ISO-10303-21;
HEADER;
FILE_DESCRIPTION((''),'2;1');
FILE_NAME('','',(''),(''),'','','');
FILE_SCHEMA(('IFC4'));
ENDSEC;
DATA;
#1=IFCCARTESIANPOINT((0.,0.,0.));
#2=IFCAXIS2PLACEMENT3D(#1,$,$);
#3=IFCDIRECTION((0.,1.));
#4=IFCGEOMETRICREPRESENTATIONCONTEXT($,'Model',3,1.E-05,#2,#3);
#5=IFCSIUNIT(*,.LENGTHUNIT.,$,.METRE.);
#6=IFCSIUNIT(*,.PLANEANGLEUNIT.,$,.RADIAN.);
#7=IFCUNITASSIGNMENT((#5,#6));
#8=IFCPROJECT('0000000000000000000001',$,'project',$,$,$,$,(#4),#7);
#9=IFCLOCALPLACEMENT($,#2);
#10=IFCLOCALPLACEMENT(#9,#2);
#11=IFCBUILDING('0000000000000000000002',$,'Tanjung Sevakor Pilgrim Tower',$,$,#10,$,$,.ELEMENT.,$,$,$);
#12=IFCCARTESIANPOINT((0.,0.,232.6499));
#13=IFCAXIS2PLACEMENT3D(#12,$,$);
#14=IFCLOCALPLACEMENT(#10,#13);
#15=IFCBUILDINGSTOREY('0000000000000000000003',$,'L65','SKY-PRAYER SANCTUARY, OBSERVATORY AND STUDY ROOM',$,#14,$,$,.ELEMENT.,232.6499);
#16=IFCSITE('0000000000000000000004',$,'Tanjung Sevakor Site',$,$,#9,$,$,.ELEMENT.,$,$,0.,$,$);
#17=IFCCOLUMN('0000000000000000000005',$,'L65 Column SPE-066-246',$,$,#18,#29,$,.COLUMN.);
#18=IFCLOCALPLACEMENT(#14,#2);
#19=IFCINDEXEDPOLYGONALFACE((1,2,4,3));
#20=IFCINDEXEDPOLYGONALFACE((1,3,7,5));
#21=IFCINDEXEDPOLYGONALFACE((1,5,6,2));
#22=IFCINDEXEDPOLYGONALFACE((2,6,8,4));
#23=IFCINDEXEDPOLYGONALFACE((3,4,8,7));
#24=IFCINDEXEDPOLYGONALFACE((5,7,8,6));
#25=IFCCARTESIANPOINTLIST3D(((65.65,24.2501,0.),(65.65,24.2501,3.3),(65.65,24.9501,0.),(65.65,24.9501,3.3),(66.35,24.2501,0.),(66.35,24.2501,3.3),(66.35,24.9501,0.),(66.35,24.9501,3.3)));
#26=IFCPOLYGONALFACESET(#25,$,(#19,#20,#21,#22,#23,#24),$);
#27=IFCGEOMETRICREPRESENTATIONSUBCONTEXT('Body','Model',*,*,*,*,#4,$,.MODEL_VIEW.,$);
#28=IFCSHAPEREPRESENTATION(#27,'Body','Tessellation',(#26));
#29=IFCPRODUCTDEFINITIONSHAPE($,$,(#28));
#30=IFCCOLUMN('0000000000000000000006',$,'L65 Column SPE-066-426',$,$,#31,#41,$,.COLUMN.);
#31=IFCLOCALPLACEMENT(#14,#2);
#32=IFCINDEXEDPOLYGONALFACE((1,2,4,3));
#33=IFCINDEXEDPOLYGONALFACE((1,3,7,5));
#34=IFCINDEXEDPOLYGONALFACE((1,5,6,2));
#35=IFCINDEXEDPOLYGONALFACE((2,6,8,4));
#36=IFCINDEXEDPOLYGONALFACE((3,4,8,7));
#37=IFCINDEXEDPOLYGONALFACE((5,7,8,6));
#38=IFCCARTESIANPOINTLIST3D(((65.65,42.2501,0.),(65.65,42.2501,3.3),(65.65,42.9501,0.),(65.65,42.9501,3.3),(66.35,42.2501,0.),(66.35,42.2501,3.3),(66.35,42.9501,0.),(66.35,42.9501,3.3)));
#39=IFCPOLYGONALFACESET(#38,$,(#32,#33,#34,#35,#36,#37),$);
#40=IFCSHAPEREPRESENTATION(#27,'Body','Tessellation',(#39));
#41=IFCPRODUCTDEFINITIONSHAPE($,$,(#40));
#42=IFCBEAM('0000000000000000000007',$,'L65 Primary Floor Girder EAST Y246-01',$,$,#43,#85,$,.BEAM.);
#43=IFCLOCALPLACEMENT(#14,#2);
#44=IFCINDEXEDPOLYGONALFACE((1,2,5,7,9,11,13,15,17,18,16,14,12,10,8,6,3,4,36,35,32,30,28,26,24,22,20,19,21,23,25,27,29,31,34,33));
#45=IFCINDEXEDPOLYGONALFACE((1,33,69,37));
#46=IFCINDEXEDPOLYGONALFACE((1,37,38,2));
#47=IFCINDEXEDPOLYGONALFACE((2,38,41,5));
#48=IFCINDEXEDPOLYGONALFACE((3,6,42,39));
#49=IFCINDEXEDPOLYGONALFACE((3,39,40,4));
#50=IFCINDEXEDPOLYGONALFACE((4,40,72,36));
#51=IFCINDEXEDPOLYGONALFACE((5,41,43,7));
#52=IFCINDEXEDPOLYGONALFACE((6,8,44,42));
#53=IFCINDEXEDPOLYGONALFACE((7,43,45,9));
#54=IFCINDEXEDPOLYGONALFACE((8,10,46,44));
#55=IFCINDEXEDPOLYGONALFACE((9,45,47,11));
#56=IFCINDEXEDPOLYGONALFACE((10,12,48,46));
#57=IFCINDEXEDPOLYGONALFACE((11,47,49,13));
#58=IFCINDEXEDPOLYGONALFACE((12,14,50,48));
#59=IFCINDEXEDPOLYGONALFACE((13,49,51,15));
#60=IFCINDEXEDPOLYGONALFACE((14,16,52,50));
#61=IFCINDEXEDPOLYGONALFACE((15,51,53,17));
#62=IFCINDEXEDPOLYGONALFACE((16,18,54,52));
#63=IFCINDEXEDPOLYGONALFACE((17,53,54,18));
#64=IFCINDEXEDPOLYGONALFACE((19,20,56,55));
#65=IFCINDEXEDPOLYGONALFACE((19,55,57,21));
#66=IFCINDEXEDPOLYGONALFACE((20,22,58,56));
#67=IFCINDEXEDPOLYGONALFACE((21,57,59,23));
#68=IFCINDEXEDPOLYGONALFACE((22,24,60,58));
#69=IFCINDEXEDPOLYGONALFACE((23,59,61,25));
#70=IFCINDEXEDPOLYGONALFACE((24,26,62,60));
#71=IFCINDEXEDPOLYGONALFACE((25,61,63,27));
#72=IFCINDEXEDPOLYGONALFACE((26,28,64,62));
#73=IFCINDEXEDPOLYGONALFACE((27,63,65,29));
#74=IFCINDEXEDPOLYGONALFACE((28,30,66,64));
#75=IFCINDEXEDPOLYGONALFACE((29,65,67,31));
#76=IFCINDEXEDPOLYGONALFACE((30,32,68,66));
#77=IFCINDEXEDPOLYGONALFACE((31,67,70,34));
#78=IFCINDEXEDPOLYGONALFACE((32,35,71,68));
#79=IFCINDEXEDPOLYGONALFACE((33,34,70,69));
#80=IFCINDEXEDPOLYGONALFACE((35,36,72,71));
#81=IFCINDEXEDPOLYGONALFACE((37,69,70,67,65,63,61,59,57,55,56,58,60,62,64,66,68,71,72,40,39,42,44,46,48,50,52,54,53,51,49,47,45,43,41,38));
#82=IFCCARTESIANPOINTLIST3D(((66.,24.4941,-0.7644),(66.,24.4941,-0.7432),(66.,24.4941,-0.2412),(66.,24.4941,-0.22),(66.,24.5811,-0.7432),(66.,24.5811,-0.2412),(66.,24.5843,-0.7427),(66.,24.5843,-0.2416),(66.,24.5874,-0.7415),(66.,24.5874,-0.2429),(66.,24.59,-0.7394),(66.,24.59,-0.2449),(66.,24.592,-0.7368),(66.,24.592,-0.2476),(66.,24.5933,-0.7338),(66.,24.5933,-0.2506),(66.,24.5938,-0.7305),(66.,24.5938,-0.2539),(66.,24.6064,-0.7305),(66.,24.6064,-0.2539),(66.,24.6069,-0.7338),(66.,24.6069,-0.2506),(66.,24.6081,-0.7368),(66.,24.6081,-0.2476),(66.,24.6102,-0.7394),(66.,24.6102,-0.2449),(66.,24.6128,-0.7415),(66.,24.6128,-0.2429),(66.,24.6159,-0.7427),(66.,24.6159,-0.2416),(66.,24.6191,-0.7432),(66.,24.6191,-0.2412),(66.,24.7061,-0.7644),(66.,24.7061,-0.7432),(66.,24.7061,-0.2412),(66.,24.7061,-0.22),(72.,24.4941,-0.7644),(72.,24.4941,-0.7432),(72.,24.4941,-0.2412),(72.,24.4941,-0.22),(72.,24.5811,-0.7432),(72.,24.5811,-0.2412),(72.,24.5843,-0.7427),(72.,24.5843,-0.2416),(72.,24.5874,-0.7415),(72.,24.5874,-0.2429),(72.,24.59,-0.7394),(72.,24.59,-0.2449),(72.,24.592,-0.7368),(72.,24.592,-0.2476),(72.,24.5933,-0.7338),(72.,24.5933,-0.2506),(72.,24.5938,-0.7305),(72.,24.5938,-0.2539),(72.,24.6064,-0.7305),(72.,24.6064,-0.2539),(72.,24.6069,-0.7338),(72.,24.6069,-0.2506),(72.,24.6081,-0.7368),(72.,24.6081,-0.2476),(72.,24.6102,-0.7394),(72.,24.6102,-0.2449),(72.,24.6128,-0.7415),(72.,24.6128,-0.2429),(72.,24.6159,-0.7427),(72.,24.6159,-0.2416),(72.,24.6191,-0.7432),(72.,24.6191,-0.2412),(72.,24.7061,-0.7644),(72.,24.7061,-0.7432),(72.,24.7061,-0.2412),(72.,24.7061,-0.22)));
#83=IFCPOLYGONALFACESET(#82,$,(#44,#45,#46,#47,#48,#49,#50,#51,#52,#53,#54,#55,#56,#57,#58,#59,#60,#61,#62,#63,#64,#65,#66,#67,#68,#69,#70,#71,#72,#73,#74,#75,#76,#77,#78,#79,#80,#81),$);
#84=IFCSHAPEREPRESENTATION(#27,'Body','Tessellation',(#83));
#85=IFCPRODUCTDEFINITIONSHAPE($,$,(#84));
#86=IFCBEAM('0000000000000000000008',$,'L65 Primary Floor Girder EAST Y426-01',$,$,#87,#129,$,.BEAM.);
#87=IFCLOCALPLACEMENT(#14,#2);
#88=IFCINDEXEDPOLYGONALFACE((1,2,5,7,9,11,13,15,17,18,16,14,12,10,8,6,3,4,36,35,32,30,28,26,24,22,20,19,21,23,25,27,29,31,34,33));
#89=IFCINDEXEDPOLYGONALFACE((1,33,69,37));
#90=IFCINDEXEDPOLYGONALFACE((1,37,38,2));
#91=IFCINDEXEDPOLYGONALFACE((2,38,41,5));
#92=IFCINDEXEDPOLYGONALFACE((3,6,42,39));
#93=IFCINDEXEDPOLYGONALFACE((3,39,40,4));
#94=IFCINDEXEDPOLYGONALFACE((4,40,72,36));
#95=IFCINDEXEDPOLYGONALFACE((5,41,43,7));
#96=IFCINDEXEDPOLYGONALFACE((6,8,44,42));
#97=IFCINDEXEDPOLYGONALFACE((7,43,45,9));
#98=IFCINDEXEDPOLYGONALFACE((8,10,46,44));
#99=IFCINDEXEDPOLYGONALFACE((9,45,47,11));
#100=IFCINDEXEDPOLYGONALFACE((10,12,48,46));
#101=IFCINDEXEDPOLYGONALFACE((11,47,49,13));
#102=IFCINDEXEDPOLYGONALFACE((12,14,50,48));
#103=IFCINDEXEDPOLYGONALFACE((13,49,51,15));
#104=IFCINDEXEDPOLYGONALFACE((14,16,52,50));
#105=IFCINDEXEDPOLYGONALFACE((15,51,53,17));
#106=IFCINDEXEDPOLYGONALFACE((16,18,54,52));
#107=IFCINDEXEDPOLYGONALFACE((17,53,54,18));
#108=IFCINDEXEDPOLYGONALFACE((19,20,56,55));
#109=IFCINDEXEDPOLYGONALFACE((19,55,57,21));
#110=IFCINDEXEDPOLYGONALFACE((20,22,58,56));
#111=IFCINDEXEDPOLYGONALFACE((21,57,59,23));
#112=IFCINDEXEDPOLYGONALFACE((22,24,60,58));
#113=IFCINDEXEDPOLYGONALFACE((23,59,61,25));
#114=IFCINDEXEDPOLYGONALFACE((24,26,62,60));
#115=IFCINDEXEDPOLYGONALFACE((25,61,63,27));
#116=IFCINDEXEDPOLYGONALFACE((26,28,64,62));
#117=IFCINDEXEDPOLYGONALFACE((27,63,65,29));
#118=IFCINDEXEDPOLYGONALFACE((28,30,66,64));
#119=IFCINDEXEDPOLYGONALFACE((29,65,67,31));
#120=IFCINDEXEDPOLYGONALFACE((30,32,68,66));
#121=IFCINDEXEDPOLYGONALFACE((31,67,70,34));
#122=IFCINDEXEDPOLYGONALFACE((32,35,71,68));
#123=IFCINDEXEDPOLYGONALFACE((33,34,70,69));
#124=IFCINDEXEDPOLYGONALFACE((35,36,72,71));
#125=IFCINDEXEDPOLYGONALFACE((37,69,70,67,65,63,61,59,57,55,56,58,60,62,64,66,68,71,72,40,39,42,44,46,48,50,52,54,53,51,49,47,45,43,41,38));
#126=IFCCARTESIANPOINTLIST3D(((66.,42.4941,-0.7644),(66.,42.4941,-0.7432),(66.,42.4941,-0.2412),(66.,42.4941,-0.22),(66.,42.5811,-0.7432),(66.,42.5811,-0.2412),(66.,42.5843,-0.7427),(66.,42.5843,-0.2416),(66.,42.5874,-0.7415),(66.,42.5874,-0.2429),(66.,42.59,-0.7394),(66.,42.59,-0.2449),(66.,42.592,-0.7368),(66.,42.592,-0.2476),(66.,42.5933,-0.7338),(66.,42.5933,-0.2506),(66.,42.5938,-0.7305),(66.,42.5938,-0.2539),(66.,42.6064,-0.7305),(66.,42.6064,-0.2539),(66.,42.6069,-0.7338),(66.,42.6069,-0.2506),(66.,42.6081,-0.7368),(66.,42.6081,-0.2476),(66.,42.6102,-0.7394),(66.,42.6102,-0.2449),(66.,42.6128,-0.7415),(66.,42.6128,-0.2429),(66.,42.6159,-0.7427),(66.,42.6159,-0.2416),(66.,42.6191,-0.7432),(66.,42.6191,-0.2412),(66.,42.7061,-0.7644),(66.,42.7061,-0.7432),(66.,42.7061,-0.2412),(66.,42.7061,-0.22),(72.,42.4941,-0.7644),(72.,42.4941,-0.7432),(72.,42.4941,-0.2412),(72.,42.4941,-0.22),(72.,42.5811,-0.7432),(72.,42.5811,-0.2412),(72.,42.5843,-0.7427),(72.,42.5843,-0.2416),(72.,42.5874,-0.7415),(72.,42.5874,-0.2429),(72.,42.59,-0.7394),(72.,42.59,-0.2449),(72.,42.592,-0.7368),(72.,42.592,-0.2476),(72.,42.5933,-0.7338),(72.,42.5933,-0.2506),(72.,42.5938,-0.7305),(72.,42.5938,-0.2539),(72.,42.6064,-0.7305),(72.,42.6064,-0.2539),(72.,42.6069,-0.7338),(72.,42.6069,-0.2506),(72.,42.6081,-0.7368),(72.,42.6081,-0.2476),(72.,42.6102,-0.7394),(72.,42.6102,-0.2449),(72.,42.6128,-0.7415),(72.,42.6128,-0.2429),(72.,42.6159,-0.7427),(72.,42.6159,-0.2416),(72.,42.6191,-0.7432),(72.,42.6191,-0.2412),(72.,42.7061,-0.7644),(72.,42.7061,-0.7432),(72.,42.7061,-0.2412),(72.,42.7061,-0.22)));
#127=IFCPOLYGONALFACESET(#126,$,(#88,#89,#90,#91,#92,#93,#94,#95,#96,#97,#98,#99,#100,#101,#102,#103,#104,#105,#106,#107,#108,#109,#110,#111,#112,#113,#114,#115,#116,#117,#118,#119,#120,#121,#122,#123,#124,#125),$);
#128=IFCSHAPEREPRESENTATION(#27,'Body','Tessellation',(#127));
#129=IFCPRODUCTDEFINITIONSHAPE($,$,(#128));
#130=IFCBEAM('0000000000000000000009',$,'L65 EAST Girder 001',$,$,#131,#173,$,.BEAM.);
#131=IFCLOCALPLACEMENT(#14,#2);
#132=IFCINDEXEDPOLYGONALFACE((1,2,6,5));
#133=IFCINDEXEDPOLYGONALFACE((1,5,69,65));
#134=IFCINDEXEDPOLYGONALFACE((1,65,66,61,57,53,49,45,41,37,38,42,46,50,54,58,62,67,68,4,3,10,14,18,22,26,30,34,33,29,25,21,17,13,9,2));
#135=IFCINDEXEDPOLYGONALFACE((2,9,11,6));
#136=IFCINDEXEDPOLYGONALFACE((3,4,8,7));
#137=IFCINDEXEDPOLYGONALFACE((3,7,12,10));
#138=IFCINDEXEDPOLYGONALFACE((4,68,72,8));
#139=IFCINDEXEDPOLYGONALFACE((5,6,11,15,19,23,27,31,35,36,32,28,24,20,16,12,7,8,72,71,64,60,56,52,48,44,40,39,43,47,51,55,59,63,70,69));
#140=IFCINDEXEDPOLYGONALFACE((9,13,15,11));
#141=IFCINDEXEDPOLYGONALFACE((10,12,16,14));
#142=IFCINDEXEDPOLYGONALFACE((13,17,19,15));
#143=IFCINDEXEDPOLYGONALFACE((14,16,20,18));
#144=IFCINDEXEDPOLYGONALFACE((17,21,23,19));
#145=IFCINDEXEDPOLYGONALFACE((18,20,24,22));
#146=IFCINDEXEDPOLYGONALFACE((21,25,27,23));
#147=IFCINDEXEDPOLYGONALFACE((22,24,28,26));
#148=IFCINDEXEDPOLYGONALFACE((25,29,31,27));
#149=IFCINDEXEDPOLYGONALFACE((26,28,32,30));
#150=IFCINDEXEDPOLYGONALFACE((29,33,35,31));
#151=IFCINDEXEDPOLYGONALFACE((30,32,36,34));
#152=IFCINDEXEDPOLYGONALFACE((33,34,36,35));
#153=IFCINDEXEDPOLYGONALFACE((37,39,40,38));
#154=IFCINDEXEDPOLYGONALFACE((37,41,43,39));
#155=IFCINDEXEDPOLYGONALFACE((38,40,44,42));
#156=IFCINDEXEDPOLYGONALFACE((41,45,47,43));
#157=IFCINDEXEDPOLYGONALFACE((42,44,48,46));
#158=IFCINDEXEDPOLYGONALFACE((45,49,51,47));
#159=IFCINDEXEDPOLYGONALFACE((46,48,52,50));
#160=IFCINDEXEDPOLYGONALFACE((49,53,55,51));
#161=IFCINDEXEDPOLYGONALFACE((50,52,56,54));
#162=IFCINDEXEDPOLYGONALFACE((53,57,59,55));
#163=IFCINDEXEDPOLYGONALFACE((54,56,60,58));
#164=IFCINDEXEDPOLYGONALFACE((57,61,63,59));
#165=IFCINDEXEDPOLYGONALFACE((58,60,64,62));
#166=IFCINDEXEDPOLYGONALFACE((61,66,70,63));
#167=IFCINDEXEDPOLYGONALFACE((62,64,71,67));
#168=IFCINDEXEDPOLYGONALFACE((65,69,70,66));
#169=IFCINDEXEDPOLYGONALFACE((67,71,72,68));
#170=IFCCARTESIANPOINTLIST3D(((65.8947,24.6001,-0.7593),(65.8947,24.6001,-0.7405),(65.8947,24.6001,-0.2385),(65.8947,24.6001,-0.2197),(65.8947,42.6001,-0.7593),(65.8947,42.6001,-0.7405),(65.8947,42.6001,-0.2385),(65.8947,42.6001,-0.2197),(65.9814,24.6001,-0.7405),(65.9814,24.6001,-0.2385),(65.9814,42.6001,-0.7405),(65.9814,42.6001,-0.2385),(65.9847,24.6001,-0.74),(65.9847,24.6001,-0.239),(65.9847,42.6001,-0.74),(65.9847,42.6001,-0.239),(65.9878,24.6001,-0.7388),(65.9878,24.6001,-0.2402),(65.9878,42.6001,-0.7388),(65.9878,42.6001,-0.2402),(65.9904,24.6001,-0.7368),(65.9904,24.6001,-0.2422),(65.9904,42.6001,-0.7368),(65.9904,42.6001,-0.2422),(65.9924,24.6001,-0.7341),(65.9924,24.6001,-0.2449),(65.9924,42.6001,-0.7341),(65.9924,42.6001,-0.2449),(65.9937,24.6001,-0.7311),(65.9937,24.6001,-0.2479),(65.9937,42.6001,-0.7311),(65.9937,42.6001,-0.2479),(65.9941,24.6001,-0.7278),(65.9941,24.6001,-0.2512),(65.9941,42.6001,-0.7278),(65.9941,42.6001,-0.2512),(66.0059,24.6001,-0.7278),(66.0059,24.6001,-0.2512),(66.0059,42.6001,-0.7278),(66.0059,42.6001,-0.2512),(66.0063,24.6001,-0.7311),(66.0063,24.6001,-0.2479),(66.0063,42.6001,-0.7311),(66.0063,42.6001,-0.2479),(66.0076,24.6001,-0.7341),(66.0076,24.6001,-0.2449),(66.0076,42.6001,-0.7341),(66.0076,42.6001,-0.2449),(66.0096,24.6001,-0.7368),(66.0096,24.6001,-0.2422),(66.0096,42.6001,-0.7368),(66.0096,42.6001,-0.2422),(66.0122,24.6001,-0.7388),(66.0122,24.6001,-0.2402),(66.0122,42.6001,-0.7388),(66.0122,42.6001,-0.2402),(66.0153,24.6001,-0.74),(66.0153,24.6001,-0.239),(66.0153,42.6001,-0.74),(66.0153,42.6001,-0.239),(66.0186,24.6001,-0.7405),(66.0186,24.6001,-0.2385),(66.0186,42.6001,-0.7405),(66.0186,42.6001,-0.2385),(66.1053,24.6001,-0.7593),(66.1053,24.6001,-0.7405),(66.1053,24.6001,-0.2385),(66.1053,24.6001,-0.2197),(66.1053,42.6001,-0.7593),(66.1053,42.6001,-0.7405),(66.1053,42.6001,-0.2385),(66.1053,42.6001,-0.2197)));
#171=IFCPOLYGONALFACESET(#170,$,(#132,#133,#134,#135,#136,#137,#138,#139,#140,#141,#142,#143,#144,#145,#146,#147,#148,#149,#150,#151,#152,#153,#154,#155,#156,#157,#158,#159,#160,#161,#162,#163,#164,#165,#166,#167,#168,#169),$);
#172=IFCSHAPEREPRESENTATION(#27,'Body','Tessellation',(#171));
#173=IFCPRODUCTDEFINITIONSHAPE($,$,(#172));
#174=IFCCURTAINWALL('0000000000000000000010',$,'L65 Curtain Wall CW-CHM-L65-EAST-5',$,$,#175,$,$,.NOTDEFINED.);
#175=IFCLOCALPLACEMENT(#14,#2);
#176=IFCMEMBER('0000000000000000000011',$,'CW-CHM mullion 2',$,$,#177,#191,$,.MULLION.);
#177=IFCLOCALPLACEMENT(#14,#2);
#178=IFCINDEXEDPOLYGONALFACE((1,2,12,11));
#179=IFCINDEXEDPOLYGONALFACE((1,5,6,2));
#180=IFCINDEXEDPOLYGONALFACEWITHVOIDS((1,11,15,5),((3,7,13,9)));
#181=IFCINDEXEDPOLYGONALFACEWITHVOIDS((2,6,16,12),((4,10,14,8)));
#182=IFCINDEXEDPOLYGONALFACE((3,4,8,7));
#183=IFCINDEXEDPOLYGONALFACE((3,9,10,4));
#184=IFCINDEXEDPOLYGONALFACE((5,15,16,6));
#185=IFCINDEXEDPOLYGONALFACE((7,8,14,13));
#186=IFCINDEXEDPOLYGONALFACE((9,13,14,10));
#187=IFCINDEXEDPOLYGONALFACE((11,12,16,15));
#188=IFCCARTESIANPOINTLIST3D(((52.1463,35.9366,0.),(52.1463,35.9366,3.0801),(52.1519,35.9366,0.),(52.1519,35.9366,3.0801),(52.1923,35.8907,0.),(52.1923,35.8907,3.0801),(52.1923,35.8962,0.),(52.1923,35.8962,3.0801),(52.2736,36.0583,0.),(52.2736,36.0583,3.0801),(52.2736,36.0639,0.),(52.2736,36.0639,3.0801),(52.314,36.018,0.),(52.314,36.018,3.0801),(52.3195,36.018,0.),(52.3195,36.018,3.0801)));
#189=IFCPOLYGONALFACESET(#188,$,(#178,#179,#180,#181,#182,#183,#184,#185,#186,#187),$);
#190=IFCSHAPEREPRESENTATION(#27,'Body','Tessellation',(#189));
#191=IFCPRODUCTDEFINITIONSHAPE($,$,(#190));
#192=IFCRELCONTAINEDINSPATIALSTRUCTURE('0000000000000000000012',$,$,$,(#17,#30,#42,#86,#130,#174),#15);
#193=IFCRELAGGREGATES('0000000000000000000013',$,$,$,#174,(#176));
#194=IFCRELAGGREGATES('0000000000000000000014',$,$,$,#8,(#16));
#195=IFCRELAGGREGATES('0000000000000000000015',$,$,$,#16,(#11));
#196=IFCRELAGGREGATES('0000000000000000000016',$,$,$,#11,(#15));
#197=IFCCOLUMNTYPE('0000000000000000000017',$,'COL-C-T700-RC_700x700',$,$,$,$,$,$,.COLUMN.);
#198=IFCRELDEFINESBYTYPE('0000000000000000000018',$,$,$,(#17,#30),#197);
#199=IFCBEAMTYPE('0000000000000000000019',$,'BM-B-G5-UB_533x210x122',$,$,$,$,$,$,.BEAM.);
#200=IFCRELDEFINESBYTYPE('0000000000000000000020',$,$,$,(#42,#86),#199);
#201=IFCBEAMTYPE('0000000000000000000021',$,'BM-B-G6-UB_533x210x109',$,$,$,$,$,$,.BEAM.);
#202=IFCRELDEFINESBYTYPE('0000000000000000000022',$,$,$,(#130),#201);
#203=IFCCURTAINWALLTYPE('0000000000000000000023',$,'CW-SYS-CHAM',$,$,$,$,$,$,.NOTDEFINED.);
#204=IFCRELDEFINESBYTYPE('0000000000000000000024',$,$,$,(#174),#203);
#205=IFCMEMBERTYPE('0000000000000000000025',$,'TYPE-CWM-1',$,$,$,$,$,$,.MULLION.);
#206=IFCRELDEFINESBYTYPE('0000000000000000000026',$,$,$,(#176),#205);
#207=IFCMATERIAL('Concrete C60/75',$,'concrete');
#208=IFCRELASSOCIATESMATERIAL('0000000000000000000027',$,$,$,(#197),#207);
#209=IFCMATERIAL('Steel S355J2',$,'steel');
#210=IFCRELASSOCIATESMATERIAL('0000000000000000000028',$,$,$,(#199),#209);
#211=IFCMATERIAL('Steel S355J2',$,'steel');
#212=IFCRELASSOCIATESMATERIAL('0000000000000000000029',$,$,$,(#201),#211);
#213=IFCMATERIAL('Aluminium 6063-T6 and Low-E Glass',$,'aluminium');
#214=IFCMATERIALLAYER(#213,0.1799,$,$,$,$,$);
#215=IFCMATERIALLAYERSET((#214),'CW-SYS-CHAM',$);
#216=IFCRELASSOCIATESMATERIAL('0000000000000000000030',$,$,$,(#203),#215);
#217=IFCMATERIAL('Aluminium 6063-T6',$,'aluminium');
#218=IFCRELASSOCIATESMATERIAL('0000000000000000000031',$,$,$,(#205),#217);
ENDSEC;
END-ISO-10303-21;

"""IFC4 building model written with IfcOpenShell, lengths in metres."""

from ifc_helpers import new_model, si_unit, direction, frame, origin, origin_2d, place, context, subcontext, project, spatial, rectangle, hollow_rectangle, i_section, extrude, material, layer, layer_set, material_profile, profile_set, type_object, element, aggregate, save


model = new_model("IFC4")

# Units and contexts
model_context = context("Model", 3, precision=1e-05, world=origin(), true_north=direction((0.0, 1.0)))
body_context = subcontext(model_context, "Body", "Model", "MODEL_VIEW")
ifc_project = project(units=[si_unit("LENGTHUNIT", "METRE"), si_unit("PLANEANGLEUNIT", "RADIAN")], contexts=[model_context])

# Site, building, storey
site_placement = place(None, origin())
site = spatial("IfcSite", under=ifc_project, at=site_placement, Name="Tanjung Sevakor Site", CompositionType="ELEMENT", RefElevation=0.0)
building_placement = place(site_placement, origin())
building = spatial("IfcBuilding", under=site, at=building_placement, Name="Tanjung Sevakor Pilgrim Tower", CompositionType="ELEMENT")
storey_placement = place(building_placement, frame((0.0, 0.0, 232.6499)))
storey = spatial("IfcBuildingStorey", under=building, at=storey_placement, Name="L65", Description="SKY-PRAYER SANCTUARY, OBSERVATORY AND STUDY ROOM", CompositionType="ELEMENT", Elevation=232.6499)

# Columns
ifc_material_1 = material(Name="Concrete C60/75", Category="concrete")
ifc_material_profile_1 = material_profile(ifc_material_1, rectangle(XDim=0.7, YDim=0.7, at=origin_2d()))
ifc_profile_set_1 = profile_set([ifc_material_profile_1], Name="Concrete C60/75")
column_type = type_object("IfcColumnType", Name="COL-C-T700-RC_700x700", PredefinedType="COLUMN", material=ifc_profile_set_1)
for number, where, z_axis, x_axis, name in (
    (1, (66.0, 24.6001, 0.0), (0.0, 0.0, 1.0), (1.0, 0.0, 0.0), "L65 Column SPE-066-246"),
    (2, (66.0, 42.6001, 0.0), (0.0, 0.0, 1.0), (1.0, 0.0, 0.0), "L65 Column SPE-066-426"),
):
    element("IfcColumn", number, at=place(storey_placement, frame(where, z_axis=z_axis, x_axis=x_axis)), inside=storey, type_object=column_type, Name=name, PredefinedType="COLUMN", context=body_context, shape_type="SweptSolid", body=[
        extrude(rectangle(XDim=0.7, YDim=0.7, at=origin_2d()), origin(), (0.0, 0.0, 1.0), 3.3),
    ])

# Beams
ifc_material_2 = material(Name="Steel S355J2", Category="steel")
ifc_material_profile_2 = material_profile(ifc_material_2, i_section(OverallWidth=0.2119, OverallDepth=0.5444, WebThickness=0.0127, FlangeThickness=0.0212, FilletRadius=0.0127, at=origin_2d()))
ifc_profile_set_2 = profile_set([ifc_material_profile_2], Name="Steel S355J2")
beam_type_1 = type_object("IfcBeamType", Name="BM-B-G5-UB_533x210x122", PredefinedType="BEAM", material=ifc_profile_set_2)
for number, where, z_axis, x_axis, name in (
    (3, (66.0, 24.6001, -0.4922), (1.0, 0.0, 0.0), (0.0, 1.0, 0.0), "L65 Primary Floor Girder EAST Y246-01"),
    (4, (66.0, 42.6001, -0.4922), (1.0, 0.0, 0.0), (0.0, 1.0, 0.0), "L65 Primary Floor Girder EAST Y426-01"),
):
    element("IfcBeam", number, at=place(storey_placement, frame(where, z_axis=z_axis, x_axis=x_axis)), inside=storey, type_object=beam_type_1, Name=name, PredefinedType="BEAM", context=body_context, shape_type="SweptSolid", body=[
        extrude(i_section(OverallWidth=0.2119, OverallDepth=0.5444, WebThickness=0.0127, FlangeThickness=0.0212, FilletRadius=0.0127, at=origin_2d()), origin(), (0.0, 0.0, 1.0), 6.0),
    ])
ifc_material_3 = material(Name="Steel S355J2", Category="steel")
ifc_material_profile_3 = material_profile(ifc_material_3, i_section(OverallWidth=0.2107, OverallDepth=0.5396, WebThickness=0.0117, FlangeThickness=0.0188, FilletRadius=0.0127, at=origin_2d()))
ifc_profile_set_3 = profile_set([ifc_material_profile_3], Name="Steel S355J2")
beam_type_2 = type_object("IfcBeamType", Name="BM-B-G6-UB_533x210x109", PredefinedType="BEAM", material=ifc_profile_set_3)
beam_placement = place(storey_placement, frame((66.0, 24.6001, -0.4895), z_axis=(0.0, 1.0, 0.0), x_axis=(-1.0, 0.0, 0.0)))
element("IfcBeam", 5, at=beam_placement, inside=storey, type_object=beam_type_2, Name="L65 EAST Girder 001", PredefinedType="BEAM", context=body_context, shape_type="SweptSolid", body=[
    extrude(i_section(OverallWidth=0.2107, OverallDepth=0.5396, WebThickness=0.0117, FlangeThickness=0.0188, FilletRadius=0.0127, at=origin_2d()), origin(), (0.0, 0.0, 1.0), 18.0),
])

# Curtain wall, member
ifc_material_4 = material(Name="Aluminium 6063-T6 and Low-E Glass", Category="aluminium")
ifc_layer_1 = layer(ifc_material_4, 0.1799)
ifc_layer_set_1 = layer_set([ifc_layer_1], Name="CW-SYS-CHAM")
curtain_wall_type = type_object("IfcCurtainWallType", Name="CW-SYS-CHAM", PredefinedType="NOTDEFINED", material=ifc_layer_set_1)
curtain_wall_1_placement = place(storey_placement, origin())
curtain_wall_1 = element("IfcCurtainWall", 6, at=curtain_wall_1_placement, inside=storey, type_object=curtain_wall_type, Name="L65 Curtain Wall CW-CHM-L65-EAST-5", PredefinedType="NOTDEFINED")
ifc_material_5 = material(Name="Aluminium 6063-T6", Category="aluminium")
ifc_material_profile_4 = material_profile(ifc_material_5, hollow_rectangle(XDim=0.0649, YDim=0.1799, WallThickness=0.0039, at=origin_2d()))
ifc_profile_set_4 = profile_set([ifc_material_profile_4], Name="Aluminium 6063-T6")
member_type_1 = type_object("IfcMemberType", Name="TYPE-CWM-1", PredefinedType="MULLION", material=ifc_profile_set_4)
member_1_placement = place(storey_placement, frame((52.2329, 35.9773, 0.0), z_axis=(0.0, 0.0, 1.0), x_axis=(0.707107, -0.707107, 0.0)))
member_1 = element("IfcMember", 7, at=member_1_placement, type_object=member_type_1, Name="CW-CHM mullion 2", PredefinedType="MULLION", context=body_context, shape_type="SweptSolid", body=[
    extrude(hollow_rectangle(XDim=0.0649, YDim=0.1799, WallThickness=0.0039, at=origin_2d()), origin(), (0.0, 0.0, 1.0), 3.0801),
])

aggregate(curtain_wall_1, [member_1])

save(model, "model.ifc")
